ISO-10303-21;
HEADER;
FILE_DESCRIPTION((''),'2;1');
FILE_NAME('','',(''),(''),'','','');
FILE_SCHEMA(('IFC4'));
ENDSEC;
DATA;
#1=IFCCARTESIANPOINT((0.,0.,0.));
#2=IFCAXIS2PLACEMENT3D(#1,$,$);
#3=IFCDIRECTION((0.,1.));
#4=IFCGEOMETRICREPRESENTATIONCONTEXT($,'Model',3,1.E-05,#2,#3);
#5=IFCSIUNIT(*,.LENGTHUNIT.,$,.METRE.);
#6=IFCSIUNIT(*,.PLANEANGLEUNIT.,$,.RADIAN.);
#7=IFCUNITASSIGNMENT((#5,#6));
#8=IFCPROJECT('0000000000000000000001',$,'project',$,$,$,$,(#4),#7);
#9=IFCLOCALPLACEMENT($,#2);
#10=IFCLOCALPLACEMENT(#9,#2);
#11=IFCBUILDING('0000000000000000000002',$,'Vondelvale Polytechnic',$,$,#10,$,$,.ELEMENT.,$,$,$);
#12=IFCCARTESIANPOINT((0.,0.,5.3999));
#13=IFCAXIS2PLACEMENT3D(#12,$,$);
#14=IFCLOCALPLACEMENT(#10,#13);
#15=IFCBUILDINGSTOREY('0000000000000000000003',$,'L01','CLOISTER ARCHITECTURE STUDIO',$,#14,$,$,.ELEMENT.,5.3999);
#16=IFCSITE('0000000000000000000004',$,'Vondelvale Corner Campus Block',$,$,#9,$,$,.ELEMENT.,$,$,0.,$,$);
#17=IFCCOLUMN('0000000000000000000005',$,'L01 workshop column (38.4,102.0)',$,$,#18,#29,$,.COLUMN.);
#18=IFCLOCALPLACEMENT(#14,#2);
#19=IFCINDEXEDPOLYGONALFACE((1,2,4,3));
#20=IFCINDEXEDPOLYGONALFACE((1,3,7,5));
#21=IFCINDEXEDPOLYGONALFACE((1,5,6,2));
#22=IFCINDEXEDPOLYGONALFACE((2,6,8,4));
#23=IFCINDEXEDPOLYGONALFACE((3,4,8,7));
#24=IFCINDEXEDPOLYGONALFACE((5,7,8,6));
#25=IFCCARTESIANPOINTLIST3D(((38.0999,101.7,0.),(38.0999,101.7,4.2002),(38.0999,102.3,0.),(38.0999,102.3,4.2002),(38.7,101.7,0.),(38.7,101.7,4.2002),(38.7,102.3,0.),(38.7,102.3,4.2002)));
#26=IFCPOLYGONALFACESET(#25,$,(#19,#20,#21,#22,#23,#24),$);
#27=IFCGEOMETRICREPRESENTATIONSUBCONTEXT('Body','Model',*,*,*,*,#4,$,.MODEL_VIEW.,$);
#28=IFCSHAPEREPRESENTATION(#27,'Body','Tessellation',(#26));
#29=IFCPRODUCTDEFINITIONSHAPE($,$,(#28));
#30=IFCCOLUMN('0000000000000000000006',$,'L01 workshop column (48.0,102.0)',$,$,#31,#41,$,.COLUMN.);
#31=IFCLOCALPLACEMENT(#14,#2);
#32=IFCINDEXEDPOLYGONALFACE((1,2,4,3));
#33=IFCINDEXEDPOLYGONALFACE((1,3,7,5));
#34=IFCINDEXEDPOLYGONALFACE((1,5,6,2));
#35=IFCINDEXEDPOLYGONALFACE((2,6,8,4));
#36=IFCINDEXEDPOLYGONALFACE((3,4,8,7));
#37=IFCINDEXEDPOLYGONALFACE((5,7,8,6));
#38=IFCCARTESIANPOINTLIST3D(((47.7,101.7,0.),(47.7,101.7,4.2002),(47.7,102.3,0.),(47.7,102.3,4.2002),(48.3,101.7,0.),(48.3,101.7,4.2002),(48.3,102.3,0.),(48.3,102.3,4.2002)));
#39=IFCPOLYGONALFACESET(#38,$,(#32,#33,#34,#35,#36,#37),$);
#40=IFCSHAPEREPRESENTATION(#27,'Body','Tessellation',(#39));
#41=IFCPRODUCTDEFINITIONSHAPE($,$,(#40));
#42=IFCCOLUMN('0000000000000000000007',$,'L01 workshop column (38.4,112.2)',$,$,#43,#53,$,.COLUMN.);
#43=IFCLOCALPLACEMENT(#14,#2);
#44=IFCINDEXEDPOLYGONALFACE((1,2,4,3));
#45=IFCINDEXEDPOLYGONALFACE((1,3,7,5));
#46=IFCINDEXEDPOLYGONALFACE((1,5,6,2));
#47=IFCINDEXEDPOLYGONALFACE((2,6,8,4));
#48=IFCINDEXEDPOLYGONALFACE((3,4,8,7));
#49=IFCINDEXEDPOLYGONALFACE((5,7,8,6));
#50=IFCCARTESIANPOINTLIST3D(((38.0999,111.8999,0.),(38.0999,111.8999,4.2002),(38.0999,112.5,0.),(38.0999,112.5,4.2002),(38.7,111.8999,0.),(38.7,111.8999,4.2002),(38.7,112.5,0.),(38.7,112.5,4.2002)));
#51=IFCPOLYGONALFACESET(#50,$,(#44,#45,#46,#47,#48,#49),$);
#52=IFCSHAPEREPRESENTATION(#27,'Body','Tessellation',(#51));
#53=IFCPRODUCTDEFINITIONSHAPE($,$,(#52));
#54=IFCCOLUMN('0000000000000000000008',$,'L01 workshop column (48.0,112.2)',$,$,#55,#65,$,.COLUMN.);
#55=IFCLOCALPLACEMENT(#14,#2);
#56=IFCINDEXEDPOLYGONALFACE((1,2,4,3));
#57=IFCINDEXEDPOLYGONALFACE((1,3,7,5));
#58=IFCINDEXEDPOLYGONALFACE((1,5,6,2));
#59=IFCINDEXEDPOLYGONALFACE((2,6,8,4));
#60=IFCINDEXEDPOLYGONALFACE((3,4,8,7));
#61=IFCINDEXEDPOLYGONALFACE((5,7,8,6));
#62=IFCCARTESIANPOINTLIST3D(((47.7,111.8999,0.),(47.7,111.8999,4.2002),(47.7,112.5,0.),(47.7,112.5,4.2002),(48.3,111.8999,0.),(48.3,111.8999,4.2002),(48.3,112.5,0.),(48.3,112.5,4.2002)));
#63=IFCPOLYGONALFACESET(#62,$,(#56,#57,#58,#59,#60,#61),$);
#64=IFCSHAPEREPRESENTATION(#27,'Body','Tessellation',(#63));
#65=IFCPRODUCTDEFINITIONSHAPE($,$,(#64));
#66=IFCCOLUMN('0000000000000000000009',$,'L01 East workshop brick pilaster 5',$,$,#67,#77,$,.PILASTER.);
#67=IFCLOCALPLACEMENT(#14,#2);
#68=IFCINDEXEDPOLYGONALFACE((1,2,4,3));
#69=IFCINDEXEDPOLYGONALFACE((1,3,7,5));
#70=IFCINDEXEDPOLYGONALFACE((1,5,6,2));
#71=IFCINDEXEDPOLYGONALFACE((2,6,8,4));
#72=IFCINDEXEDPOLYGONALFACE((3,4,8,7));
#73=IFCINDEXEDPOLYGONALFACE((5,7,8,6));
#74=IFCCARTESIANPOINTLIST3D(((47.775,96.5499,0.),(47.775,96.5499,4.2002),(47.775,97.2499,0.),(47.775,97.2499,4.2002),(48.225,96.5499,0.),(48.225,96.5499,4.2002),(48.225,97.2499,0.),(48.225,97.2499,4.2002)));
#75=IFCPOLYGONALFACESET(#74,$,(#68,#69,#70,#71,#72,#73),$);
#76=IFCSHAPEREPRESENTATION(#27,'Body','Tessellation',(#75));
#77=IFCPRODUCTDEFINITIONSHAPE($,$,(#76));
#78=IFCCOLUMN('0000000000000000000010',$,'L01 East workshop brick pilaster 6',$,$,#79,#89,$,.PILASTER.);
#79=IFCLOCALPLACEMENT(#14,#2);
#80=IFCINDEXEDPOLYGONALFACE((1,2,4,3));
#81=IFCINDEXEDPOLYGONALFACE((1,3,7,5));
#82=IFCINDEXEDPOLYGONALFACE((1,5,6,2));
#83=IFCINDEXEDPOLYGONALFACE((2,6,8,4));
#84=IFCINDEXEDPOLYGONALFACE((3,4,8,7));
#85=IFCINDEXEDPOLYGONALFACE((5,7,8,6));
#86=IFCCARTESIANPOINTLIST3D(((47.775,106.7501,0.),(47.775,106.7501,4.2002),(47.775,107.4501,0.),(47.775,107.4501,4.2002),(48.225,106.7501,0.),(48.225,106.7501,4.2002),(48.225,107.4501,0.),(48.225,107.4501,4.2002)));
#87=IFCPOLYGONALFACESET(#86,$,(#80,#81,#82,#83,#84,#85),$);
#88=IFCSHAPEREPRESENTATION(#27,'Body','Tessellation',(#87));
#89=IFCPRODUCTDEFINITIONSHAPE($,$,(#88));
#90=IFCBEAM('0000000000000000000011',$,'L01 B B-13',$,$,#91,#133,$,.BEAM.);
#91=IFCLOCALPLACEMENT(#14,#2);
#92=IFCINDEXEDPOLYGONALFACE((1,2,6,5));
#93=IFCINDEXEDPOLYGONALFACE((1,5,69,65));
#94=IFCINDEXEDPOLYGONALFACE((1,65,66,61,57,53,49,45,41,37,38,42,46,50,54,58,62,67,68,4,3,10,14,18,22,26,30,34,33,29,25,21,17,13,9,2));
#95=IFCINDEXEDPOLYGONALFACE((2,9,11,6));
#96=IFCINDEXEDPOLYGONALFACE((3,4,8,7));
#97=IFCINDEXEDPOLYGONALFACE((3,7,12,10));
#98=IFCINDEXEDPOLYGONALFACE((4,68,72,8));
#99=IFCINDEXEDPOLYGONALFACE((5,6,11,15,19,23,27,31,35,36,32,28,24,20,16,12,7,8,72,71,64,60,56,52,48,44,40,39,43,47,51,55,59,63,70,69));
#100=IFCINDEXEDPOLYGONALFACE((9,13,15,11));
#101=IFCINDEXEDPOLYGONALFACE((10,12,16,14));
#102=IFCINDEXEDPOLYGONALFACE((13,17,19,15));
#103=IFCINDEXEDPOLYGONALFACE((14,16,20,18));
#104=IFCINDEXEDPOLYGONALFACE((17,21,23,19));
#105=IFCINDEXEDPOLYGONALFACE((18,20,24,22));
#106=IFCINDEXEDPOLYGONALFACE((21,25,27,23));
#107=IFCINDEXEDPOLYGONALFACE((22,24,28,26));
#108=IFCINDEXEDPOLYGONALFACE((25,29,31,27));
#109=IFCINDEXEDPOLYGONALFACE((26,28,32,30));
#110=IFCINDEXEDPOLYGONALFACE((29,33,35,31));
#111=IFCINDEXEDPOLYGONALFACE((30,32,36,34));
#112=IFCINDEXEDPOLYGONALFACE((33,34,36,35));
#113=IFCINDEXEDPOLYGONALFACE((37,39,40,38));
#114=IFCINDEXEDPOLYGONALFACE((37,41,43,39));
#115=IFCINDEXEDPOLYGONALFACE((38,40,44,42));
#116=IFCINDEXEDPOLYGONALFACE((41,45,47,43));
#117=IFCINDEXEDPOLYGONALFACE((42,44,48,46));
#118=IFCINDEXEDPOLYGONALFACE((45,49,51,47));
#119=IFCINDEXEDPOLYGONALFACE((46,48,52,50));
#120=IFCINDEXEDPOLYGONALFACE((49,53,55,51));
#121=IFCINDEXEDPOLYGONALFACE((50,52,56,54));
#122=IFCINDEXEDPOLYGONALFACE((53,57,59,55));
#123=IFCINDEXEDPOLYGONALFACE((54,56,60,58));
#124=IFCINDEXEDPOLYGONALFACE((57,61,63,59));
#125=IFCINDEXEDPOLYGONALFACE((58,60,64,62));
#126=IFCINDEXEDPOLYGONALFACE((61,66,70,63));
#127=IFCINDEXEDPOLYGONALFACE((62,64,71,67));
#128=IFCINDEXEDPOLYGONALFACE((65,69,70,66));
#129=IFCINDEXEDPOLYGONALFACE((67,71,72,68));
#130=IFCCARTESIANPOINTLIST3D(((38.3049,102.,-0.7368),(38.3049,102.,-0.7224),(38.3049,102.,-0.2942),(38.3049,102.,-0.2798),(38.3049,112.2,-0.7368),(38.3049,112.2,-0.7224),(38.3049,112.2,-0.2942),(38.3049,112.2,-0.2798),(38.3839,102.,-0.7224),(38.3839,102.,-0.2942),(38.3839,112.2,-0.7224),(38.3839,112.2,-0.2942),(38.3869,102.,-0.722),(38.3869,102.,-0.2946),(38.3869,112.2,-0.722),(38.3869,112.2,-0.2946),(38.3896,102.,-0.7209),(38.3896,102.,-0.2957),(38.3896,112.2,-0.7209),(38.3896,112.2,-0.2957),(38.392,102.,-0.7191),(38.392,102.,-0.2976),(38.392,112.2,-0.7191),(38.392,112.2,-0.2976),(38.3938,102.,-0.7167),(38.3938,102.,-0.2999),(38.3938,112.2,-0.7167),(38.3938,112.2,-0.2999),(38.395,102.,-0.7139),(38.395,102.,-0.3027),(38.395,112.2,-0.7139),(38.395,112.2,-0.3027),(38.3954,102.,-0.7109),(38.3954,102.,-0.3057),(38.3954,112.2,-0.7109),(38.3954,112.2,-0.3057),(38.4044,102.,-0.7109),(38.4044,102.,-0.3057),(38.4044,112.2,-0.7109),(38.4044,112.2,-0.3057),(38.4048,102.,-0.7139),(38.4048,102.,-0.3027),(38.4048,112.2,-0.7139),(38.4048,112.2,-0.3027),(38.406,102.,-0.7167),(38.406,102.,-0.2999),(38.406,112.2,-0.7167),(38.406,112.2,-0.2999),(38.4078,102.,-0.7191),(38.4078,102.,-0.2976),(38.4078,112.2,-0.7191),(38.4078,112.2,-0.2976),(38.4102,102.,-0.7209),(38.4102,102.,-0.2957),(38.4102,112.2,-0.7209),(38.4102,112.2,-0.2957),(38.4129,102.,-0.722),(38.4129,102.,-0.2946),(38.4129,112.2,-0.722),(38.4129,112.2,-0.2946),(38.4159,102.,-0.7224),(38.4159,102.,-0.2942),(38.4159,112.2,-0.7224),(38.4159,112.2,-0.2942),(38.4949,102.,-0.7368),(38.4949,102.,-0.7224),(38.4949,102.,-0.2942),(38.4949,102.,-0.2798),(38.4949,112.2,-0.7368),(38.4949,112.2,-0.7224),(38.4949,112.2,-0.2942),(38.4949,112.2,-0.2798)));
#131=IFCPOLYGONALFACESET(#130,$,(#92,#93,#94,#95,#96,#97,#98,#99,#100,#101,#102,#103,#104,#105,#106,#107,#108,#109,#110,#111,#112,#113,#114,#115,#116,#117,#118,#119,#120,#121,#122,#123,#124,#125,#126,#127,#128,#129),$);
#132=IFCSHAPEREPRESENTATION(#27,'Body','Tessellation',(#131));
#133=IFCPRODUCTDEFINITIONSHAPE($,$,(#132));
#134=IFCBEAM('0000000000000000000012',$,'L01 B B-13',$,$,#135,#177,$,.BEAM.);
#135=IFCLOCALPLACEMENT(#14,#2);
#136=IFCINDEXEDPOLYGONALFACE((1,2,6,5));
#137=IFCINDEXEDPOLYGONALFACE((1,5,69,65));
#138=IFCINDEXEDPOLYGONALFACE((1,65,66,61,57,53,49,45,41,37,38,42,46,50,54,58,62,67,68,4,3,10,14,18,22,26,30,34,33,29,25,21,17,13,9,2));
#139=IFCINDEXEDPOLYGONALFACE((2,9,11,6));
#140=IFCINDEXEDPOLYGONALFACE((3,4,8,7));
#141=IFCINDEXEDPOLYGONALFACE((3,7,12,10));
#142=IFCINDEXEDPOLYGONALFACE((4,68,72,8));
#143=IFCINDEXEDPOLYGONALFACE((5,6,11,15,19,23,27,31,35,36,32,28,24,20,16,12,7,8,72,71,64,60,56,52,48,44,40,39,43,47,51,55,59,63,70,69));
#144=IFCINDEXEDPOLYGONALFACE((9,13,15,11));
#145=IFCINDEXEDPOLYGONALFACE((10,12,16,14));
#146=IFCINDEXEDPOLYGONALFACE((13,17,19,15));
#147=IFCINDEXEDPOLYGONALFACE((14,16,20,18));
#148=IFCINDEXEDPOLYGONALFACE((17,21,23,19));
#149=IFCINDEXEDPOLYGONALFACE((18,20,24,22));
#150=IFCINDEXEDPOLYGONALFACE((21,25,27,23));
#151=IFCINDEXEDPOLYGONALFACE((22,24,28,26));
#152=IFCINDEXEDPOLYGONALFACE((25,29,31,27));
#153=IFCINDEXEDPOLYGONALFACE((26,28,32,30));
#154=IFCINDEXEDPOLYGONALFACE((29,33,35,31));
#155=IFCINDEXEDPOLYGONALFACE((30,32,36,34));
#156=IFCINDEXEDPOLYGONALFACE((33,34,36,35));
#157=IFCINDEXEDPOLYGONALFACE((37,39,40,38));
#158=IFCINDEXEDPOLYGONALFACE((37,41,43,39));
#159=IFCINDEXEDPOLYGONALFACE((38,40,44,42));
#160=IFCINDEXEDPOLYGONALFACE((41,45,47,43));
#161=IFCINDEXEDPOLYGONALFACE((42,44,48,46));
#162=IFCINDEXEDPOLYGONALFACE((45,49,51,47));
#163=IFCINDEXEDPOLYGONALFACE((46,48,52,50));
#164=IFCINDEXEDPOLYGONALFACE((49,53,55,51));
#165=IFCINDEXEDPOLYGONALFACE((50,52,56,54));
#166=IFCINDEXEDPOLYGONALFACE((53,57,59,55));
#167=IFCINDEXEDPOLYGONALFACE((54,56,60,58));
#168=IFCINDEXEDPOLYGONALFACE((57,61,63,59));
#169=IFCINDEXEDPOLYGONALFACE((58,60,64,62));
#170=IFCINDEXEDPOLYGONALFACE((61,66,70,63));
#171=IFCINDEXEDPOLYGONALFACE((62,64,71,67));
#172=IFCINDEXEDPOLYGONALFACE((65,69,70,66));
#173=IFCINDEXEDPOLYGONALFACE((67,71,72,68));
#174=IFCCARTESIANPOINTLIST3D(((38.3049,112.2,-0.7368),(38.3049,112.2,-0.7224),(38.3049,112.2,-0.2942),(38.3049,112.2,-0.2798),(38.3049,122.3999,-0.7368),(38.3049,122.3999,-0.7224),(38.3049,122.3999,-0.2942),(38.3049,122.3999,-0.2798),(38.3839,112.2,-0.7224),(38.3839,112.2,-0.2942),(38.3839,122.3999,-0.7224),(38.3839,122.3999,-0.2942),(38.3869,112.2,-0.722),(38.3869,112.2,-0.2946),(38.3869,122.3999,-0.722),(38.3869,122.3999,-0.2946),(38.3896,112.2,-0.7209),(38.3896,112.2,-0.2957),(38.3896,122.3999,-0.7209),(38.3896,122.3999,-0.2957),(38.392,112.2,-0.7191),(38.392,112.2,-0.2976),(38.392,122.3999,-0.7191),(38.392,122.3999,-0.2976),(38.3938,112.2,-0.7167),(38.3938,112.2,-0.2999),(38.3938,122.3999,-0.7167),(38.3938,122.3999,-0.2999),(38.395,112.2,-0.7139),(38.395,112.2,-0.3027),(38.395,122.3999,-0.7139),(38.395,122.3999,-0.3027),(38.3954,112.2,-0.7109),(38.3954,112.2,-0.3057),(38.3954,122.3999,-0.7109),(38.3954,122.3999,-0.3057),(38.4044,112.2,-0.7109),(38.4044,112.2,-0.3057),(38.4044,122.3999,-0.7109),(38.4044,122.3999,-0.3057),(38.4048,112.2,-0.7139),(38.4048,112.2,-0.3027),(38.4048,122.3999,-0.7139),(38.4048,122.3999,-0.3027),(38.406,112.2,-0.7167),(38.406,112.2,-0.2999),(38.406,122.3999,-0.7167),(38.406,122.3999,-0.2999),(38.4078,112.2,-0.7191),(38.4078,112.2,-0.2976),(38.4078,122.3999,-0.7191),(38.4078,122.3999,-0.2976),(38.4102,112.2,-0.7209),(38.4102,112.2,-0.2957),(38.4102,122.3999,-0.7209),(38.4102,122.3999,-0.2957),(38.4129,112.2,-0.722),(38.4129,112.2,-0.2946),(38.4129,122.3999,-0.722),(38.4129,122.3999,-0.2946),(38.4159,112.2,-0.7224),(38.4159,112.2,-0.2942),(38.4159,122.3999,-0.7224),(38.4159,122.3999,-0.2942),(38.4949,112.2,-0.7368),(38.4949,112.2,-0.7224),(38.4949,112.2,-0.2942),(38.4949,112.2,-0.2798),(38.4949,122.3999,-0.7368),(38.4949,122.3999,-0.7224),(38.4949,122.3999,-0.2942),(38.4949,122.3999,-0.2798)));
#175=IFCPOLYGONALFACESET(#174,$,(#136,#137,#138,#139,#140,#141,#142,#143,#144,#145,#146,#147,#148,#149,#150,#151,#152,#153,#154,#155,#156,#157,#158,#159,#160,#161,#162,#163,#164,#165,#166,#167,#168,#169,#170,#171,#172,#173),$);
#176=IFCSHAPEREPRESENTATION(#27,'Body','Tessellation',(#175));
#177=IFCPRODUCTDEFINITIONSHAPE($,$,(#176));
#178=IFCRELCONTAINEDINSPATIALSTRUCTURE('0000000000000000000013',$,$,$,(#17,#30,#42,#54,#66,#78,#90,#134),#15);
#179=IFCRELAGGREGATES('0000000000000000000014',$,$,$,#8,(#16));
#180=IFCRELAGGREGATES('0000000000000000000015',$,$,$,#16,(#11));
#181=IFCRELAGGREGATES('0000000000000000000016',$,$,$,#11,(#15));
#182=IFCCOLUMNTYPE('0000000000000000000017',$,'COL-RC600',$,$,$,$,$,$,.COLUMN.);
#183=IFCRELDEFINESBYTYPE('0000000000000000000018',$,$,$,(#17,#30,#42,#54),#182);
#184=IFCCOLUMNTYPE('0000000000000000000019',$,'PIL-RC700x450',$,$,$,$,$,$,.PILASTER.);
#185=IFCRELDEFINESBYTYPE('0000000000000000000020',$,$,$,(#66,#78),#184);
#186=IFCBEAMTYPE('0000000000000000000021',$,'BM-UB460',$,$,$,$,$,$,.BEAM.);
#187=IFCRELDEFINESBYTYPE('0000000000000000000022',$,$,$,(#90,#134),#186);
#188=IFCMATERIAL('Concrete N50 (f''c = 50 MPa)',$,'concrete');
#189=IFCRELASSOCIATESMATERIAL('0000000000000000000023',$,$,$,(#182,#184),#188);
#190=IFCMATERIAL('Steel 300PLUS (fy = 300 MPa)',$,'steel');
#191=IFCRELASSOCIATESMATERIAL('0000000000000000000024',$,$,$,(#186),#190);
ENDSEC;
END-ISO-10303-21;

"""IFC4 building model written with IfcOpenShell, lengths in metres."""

from ifc_helpers import new_model, si_unit, direction, frame, origin, origin_2d, place, context, subcontext, project, spatial, rectangle, i_section, extrude, material, material_profile, profile_set, type_object, element, save


model = new_model("IFC4")

# Units and contexts
model_context = context("Model", 3, precision=1e-05, world=origin(), true_north=direction((0.0, 1.0)))
body_context = subcontext(model_context, "Body", "Model", "MODEL_VIEW")
ifc_project = project(units=[si_unit("LENGTHUNIT", "METRE"), si_unit("PLANEANGLEUNIT", "RADIAN")], contexts=[model_context])

# Site, building, storey
site_placement = place(None, origin())
site = spatial("IfcSite", under=ifc_project, at=site_placement, Name="Vondelvale Corner Campus Block", CompositionType="ELEMENT", RefElevation=0.0)
building_placement = place(site_placement, origin())
building = spatial("IfcBuilding", under=site, at=building_placement, Name="Vondelvale Polytechnic", CompositionType="ELEMENT")
storey_placement = place(building_placement, frame((0.0, 0.0, 5.3999)))
storey = spatial("IfcBuildingStorey", under=building, at=storey_placement, Name="L01", Description="CLOISTER ARCHITECTURE STUDIO", CompositionType="ELEMENT", Elevation=5.3999)

# Columns
ifc_material_1 = material(Name="Concrete N50 (f'c = 50 MPa)", Category="concrete")
ifc_material_profile_1 = material_profile(ifc_material_1, rectangle(XDim=0.6001, YDim=0.6001, at=origin_2d()), Name="RC-COL-600x600")
ifc_profile_set_1 = profile_set([ifc_material_profile_1], Name="Concrete N50 (f'c = 50 MPa)")
column_type_1 = type_object("IfcColumnType", Name="COL-RC600", PredefinedType="COLUMN", material=ifc_profile_set_1)
for number, where, z_axis, x_axis, name in (
    (1, (38.3999, 102.0, 0.0), (0.0, 0.0, 1.0), (1.0, 0.0, 0.0), "L01 workshop column (38.4,102.0)"),
    (2, (48.0, 102.0, 0.0), (0.0, 0.0, 1.0), (1.0, 0.0, 0.0), "L01 workshop column (48.0,102.0)"),
    (3, (38.3999, 112.2, 0.0), (0.0, 0.0, 1.0), (1.0, 0.0, 0.0), "L01 workshop column (38.4,112.2)"),
    (4, (48.0, 112.2, 0.0), (0.0, 0.0, 1.0), (1.0, 0.0, 0.0), "L01 workshop column (48.0,112.2)"),
):
    element("IfcColumn", number, at=place(storey_placement, frame(where, z_axis=z_axis, x_axis=x_axis)), inside=storey, type_object=column_type_1, Name=name, PredefinedType="COLUMN", context=body_context, shape_type="SweptSolid", body=[
        extrude(rectangle(XDim=0.6001, YDim=0.6001, at=origin_2d()), origin(), (0.0, 0.0, 1.0), 4.2002),
    ])
ifc_material_profile_2 = material_profile(ifc_material_1, rectangle(XDim=0.45, YDim=0.7, at=origin_2d()), Name="RC-PIL-700x450")
ifc_profile_set_2 = profile_set([ifc_material_profile_2], Name="Concrete N50 (f'c = 50 MPa)")
column_type_2 = type_object("IfcColumnType", Name="PIL-RC700x450", PredefinedType="PILASTER", material=ifc_profile_set_2)
for number, where, z_axis, x_axis, name in (
    (5, (48.0, 96.8999, 0.0), (0.0, 0.0, 1.0), (1.0, 0.0, 0.0), "L01 East workshop brick pilaster 5"),
    (6, (48.0, 107.1001, 0.0), (0.0, 0.0, 1.0), (1.0, 0.0, 0.0), "L01 East workshop brick pilaster 6"),
):
    element("IfcColumn", number, at=place(storey_placement, frame(where, z_axis=z_axis, x_axis=x_axis)), inside=storey, type_object=column_type_2, Name=name, PredefinedType="PILASTER", context=body_context, shape_type="SweptSolid", body=[
        extrude(rectangle(XDim=0.45, YDim=0.7, at=origin_2d()), origin(), (0.0, 0.0, 1.0), 4.2002),
    ])

# Beams
ifc_material_2 = material(Name="Steel 300PLUS (fy = 300 MPa)", Category="steel")
ifc_material_profile_3 = material_profile(ifc_material_2, i_section(OverallWidth=0.1899, OverallDepth=0.457, WebThickness=0.009, FlangeThickness=0.0144, FilletRadius=0.0115, at=origin_2d()), Name="460UB74.6")
ifc_profile_set_3 = profile_set([ifc_material_profile_3], Name="Steel 300PLUS (fy = 300 MPa)")
beam_type_1 = type_object("IfcBeamType", Name="BM-UB460", PredefinedType="BEAM", material=ifc_profile_set_3)
for number, where, z_axis, x_axis, name in (
    (7, (38.3999, 102.0, -0.5083), (0.0, 1.0, 0.0), (-1.0, 0.0, 0.0), "L01 B B-13"),
    (8, (38.3999, 112.2, -0.5083), (0.0, 1.0, 0.0), (-1.0, 0.0, 0.0), "L01 B B-13"),
):
    element("IfcBeam", number, at=place(storey_placement, frame(where, z_axis=z_axis, x_axis=x_axis)), inside=storey, type_object=beam_type_1, Name=name, PredefinedType="BEAM", context=body_context, shape_type="SweptSolid", body=[
        extrude(i_section(OverallWidth=0.1899, OverallDepth=0.457, WebThickness=0.009, FlangeThickness=0.0144, FilletRadius=0.0115, at=origin_2d()), origin(), (0.0, 0.0, 1.0), 10.2),
    ])

save(model, "model.ifc")
